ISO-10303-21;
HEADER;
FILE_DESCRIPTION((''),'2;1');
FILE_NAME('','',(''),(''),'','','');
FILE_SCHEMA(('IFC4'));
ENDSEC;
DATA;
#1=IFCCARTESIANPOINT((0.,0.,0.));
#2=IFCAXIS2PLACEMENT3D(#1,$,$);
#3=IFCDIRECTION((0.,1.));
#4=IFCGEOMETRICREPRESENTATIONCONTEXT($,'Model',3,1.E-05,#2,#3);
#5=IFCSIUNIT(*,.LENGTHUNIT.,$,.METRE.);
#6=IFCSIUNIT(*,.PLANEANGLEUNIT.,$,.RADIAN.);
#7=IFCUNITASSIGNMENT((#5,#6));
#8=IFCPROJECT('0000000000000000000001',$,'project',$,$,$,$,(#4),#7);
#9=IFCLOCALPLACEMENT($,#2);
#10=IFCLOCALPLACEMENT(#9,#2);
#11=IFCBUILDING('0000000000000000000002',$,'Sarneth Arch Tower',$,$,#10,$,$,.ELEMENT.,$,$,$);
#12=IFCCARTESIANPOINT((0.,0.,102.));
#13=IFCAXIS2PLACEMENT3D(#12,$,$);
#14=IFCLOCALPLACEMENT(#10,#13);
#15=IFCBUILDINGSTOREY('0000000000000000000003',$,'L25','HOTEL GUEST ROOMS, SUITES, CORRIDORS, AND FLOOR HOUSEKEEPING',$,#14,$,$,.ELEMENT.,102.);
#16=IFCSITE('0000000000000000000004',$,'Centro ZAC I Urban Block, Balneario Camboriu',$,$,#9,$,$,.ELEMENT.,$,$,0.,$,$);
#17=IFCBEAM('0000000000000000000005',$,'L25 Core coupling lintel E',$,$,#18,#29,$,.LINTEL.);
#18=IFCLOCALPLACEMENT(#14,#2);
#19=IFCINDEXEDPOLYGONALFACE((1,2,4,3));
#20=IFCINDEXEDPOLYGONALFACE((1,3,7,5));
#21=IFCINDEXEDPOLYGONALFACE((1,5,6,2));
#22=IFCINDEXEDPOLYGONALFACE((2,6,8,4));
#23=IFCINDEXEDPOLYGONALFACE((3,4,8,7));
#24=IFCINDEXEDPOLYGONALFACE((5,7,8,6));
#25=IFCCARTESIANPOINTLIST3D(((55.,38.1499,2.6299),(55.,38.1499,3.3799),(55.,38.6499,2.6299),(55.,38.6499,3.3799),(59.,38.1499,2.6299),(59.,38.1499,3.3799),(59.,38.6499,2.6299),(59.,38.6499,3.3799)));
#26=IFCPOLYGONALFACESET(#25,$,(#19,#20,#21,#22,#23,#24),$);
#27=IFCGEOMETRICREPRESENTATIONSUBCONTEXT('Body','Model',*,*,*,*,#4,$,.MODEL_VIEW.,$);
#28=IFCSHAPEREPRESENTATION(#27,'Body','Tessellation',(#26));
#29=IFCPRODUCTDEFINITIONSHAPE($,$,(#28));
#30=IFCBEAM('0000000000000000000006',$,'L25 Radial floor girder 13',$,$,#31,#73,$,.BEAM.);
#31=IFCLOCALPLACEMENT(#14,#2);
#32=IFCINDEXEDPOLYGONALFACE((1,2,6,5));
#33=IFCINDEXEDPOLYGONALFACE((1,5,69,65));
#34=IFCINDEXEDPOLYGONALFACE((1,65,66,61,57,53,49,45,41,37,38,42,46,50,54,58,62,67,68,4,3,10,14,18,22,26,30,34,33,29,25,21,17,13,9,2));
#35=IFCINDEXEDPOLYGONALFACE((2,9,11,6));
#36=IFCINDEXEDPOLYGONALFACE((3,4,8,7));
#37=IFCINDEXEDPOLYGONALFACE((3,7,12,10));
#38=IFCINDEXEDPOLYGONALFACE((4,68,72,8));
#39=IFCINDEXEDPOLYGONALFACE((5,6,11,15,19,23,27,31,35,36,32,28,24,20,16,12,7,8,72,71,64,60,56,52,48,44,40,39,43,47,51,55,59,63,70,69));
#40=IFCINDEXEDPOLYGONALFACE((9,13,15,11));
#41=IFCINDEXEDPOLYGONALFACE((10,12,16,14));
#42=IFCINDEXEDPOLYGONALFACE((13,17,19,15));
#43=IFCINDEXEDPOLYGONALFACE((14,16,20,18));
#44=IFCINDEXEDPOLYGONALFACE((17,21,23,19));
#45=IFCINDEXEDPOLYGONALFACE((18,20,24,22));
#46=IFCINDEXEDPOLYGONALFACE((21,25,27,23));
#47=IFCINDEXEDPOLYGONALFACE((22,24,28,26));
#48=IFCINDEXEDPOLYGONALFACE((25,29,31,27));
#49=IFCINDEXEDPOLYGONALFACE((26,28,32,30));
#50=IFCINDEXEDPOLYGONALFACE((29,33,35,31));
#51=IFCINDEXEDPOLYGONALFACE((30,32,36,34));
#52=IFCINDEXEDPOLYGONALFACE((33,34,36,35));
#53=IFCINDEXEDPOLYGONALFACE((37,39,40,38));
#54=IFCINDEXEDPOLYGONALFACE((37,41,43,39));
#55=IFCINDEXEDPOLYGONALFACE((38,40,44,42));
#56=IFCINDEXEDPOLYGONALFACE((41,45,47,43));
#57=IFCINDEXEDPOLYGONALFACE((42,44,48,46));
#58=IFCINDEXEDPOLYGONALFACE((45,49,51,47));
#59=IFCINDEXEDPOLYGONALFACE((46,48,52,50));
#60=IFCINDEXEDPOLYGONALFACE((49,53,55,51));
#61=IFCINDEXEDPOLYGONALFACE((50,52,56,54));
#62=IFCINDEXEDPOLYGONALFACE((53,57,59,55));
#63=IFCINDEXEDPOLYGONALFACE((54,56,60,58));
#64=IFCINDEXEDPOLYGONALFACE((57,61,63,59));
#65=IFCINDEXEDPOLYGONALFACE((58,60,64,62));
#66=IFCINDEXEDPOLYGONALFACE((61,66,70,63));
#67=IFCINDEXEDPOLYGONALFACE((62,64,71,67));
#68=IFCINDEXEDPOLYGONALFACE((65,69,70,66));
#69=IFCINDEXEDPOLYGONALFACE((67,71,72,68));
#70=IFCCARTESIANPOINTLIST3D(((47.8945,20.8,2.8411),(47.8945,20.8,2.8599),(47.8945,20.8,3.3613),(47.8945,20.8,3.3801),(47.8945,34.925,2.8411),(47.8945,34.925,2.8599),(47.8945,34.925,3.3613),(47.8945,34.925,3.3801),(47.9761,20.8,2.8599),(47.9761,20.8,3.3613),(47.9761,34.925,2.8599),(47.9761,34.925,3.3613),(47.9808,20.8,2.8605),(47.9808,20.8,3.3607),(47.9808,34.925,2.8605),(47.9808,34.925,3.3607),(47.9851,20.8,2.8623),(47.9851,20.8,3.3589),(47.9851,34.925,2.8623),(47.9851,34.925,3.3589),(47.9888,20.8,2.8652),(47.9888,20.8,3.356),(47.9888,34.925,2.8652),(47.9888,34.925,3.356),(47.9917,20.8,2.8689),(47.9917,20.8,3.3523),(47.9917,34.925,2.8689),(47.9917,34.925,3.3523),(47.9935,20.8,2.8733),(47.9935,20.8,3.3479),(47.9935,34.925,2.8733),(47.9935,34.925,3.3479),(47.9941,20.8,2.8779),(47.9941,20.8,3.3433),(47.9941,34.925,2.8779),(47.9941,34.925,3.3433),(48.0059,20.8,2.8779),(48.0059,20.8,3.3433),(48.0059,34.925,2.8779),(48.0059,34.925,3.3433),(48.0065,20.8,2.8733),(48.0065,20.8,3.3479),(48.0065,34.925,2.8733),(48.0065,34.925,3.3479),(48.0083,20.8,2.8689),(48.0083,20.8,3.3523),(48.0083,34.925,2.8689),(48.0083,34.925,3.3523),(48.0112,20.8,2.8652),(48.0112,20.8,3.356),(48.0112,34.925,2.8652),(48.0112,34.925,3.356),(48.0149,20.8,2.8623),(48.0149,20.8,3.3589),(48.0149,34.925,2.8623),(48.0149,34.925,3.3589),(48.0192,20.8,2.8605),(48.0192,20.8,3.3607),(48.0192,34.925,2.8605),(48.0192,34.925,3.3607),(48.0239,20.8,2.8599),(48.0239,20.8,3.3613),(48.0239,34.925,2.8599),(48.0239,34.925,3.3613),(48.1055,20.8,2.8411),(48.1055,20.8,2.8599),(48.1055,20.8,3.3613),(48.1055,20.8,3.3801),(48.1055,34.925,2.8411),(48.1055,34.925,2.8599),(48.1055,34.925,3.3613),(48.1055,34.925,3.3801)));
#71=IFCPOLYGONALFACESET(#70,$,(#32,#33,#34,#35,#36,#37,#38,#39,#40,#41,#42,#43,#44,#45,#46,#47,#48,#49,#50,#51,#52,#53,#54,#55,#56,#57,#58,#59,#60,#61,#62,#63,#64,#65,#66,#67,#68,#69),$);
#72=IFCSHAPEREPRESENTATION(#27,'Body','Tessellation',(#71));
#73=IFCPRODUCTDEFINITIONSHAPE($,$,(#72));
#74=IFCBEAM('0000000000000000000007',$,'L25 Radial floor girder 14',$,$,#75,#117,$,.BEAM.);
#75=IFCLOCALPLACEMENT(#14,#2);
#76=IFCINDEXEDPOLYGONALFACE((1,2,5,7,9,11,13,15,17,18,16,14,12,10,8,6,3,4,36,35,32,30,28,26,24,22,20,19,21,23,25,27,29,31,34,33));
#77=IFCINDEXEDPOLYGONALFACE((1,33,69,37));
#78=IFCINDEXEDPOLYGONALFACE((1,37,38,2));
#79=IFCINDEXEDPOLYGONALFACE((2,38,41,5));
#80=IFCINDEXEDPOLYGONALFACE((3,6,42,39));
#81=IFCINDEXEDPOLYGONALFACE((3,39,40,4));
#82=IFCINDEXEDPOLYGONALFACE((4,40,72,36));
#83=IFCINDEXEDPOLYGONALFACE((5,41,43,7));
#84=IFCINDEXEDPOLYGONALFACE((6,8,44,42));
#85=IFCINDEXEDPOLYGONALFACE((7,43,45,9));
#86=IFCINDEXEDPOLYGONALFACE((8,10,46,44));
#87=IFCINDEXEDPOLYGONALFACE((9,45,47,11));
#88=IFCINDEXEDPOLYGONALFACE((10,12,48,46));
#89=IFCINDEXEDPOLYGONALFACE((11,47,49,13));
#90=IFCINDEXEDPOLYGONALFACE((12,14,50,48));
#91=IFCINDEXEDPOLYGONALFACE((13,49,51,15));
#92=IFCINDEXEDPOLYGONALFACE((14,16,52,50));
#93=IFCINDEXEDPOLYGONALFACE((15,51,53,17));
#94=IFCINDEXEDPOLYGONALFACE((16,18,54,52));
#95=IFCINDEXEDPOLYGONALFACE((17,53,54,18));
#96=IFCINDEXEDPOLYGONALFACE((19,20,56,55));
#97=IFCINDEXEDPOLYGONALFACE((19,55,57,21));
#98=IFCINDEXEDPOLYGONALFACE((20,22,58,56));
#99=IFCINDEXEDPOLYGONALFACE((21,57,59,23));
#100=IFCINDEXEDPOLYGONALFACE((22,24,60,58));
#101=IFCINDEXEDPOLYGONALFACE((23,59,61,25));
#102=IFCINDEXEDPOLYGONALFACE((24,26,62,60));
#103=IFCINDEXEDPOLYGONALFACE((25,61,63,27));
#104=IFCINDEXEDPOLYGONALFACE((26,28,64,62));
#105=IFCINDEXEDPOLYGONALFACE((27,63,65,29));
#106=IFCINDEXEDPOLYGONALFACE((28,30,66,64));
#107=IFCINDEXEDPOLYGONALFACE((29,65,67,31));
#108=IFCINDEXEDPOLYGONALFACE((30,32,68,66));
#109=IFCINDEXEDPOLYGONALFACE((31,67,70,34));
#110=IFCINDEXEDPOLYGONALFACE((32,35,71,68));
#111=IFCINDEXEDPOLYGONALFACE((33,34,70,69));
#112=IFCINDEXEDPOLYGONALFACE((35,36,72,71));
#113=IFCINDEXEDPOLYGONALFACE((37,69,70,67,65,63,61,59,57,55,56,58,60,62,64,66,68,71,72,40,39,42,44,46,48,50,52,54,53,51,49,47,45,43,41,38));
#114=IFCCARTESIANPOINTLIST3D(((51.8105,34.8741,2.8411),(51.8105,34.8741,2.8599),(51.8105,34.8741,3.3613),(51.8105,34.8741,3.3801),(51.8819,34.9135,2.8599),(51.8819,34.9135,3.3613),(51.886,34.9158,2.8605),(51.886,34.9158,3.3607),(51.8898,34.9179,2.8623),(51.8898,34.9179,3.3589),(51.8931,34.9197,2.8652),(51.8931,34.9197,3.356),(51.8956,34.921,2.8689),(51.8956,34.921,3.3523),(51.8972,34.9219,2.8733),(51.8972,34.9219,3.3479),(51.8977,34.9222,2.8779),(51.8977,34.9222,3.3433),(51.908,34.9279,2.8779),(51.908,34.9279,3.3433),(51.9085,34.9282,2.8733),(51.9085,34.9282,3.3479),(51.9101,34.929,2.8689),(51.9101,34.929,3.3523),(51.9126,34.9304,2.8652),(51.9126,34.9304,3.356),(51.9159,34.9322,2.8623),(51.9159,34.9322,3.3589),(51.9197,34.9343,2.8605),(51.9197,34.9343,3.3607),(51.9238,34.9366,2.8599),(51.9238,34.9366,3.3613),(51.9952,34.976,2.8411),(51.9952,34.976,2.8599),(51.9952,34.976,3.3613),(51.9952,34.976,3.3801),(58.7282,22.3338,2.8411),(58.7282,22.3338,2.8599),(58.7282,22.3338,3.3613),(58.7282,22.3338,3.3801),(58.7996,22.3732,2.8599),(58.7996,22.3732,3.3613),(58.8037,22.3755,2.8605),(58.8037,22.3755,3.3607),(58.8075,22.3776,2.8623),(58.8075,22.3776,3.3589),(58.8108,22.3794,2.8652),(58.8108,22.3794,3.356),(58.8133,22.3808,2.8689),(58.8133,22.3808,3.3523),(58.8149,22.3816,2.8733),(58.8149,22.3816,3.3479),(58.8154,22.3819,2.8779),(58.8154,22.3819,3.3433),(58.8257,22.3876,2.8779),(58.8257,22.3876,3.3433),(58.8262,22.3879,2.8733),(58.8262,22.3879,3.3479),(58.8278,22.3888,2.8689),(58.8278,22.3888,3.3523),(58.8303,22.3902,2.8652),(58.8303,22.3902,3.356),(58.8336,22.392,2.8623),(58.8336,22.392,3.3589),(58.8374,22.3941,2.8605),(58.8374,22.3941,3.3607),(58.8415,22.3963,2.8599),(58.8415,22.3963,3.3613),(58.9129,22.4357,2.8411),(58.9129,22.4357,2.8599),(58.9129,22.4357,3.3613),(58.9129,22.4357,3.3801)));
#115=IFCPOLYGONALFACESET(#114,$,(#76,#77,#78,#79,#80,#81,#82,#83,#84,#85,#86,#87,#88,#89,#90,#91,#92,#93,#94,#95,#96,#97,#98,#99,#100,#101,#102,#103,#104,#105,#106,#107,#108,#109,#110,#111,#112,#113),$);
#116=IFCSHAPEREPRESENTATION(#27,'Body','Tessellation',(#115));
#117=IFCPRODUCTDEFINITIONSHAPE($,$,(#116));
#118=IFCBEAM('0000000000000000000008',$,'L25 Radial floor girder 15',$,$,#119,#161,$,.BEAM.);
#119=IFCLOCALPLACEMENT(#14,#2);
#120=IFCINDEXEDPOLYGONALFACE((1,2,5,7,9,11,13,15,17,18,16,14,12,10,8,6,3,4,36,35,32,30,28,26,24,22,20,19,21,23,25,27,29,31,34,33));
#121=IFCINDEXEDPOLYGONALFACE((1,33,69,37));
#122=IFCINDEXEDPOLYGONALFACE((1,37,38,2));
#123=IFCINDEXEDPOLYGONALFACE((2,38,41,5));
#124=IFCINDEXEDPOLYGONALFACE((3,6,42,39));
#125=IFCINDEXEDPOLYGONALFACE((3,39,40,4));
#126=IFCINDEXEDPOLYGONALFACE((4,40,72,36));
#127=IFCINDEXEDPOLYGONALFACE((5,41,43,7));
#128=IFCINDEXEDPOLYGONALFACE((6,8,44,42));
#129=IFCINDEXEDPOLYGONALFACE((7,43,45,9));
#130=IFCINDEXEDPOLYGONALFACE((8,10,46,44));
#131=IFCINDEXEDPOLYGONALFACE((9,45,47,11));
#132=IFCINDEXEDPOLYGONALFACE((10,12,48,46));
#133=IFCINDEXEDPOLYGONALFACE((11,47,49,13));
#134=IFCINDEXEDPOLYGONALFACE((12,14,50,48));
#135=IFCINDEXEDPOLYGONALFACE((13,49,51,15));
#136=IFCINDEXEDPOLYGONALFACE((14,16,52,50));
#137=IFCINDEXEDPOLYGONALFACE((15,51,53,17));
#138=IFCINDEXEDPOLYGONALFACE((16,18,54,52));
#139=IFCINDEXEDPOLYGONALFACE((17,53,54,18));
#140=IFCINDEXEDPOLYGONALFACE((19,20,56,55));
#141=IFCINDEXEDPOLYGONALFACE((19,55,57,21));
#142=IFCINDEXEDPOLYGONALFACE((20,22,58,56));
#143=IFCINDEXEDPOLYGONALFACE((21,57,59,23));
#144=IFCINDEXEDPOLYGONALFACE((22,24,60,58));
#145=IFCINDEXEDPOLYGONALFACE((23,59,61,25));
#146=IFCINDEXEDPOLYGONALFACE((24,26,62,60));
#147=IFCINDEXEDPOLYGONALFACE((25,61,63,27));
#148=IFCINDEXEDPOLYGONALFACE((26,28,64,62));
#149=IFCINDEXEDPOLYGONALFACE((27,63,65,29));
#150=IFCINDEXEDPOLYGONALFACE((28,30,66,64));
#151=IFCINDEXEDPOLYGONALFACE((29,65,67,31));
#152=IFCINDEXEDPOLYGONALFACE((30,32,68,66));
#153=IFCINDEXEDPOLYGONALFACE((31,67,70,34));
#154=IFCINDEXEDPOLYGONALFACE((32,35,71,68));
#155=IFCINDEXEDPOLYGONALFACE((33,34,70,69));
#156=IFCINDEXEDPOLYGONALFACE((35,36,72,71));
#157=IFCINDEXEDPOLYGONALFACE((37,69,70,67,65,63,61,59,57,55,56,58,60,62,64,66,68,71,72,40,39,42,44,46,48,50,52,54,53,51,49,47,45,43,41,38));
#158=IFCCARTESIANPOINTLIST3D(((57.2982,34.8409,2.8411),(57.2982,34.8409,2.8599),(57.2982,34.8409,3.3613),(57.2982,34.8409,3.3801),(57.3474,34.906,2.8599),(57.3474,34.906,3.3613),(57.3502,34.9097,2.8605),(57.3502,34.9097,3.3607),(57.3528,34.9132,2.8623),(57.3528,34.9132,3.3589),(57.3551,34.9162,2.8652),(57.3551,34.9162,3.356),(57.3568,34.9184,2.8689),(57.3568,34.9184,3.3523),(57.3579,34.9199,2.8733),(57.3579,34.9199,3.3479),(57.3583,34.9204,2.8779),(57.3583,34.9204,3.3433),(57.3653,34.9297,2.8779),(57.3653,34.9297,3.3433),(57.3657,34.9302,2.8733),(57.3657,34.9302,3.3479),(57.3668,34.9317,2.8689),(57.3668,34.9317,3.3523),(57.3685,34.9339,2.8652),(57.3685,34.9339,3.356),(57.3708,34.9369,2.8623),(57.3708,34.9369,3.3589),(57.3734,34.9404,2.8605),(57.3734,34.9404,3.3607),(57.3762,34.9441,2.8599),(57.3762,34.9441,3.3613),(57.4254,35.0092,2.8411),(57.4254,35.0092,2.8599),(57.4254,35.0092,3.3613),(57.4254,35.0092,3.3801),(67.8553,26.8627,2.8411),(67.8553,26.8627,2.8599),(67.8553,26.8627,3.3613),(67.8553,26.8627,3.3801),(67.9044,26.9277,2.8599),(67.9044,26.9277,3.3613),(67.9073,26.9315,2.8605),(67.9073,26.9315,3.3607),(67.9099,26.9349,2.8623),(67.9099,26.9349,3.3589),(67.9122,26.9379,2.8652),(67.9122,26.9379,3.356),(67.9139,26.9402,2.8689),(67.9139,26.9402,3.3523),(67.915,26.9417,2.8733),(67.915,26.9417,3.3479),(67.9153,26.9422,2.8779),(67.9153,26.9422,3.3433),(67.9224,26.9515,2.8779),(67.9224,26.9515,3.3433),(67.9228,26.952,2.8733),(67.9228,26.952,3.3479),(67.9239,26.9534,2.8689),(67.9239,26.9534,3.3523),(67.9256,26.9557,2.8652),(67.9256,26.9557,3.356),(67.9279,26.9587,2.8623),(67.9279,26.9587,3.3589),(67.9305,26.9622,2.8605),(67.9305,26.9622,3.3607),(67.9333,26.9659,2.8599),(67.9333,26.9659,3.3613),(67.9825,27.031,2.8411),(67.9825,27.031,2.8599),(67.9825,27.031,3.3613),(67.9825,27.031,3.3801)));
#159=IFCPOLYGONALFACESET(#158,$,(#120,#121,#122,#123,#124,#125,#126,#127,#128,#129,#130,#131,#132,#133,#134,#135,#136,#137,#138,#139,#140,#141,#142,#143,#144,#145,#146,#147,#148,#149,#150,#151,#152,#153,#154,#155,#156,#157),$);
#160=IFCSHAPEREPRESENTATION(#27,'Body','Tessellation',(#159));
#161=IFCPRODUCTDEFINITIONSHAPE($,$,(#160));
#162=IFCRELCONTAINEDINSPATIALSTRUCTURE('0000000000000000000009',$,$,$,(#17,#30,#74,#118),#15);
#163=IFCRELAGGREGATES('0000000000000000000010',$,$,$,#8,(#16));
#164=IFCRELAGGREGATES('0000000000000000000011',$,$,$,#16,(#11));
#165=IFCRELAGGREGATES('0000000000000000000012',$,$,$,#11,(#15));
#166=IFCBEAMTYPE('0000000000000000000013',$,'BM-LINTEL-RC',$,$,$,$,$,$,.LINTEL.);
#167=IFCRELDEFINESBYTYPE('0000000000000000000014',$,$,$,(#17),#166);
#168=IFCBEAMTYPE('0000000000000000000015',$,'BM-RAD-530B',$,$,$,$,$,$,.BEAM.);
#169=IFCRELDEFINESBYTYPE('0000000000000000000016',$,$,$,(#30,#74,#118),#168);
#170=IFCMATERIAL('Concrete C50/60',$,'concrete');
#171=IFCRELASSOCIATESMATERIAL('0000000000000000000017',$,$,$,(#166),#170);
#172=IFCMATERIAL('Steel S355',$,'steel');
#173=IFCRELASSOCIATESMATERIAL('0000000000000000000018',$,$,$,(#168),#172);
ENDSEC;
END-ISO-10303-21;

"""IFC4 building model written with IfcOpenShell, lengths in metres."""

from ifc_helpers import new_model, si_unit, direction, frame, origin, origin_2d, place, context, subcontext, project, spatial, rectangle, i_section, extrude, material, material_profile, profile_set, type_object, element, save


model = new_model("IFC4")

# Units and contexts
model_context = context("Model", 3, precision=1e-05, world=origin(), true_north=direction((0.0, 1.0)))
body_context = subcontext(model_context, "Body", "Model", "MODEL_VIEW")
ifc_project = project(units=[si_unit("LENGTHUNIT", "METRE"), si_unit("PLANEANGLEUNIT", "RADIAN")], contexts=[model_context])

# Site, building, storey
site_placement = place(None, origin())
site = spatial("IfcSite", under=ifc_project, at=site_placement, Name="Centro ZAC I Urban Block, Balneario Camboriu", CompositionType="ELEMENT", RefElevation=0.0)
building_placement = place(site_placement, origin())
building = spatial("IfcBuilding", under=site, at=building_placement, Name="Sarneth Arch Tower", CompositionType="ELEMENT")
storey_placement = place(building_placement, frame((0.0, 0.0, 102.0)))
storey = spatial("IfcBuildingStorey", under=building, at=storey_placement, Name="L25", Description="HOTEL GUEST ROOMS, SUITES, CORRIDORS, AND FLOOR HOUSEKEEPING", CompositionType="ELEMENT", Elevation=102.0)

# Beams
ifc_material_1 = material(Name="Concrete C50/60", Category="concrete")
ifc_material_profile_1 = material_profile(ifc_material_1, rectangle(XDim=0.5, YDim=0.75, at=origin_2d()), Name="RC-500x750")
ifc_profile_set_1 = profile_set([ifc_material_profile_1], Name="Concrete C50/60")
beam_type_1 = type_object("IfcBeamType", Name="BM-LINTEL-RC", PredefinedType="LINTEL", material=ifc_profile_set_1)
beam_1_placement = place(storey_placement, frame((55.0, 38.3999, 3.0049), z_axis=(1.0, 0.0, 0.0), x_axis=(0.0, 1.0, 0.0)))
element("IfcBeam", 1, at=beam_1_placement, inside=storey, type_object=beam_type_1, Name="L25 Core coupling lintel E", PredefinedType="LINTEL", context=body_context, shape_type="SweptSolid", body=[
    extrude(rectangle(XDim=0.5, YDim=0.75, at=origin_2d()), origin(), (0.0, 0.0, 1.0), 4.0),
])
ifc_material_2 = material(Name="Steel S355", Category="steel")
ifc_material_profile_2 = material_profile(ifc_material_2, i_section(OverallWidth=0.2109, OverallDepth=0.5391, WebThickness=0.0117, FlangeThickness=0.0188, FilletRadius=0.0181, at=origin_2d()), Name="W530x109")
ifc_profile_set_2 = profile_set([ifc_material_profile_2], Name="Steel S355")
beam_type_2 = type_object("IfcBeamType", Name="BM-RAD-530B", PredefinedType="BEAM", material=ifc_profile_set_2)
beam_2_placement = place(storey_placement, frame((48.0, 34.925, 3.1106), z_axis=(0.0, -1.0, 0.0), x_axis=(1.0, 0.0, 0.0)))
element("IfcBeam", 2, at=beam_2_placement, inside=storey, type_object=beam_type_2, Name="L25 Radial floor girder 13", PredefinedType="BEAM", context=body_context, shape_type="SweptSolid", body=[
    extrude(i_section(OverallWidth=0.2109, OverallDepth=0.5391, WebThickness=0.0117, FlangeThickness=0.0188, FilletRadius=0.0181, at=origin_2d()), origin(), (0.0, 0.0, 1.0), 14.125),
])
beam_3_placement = place(storey_placement, frame((51.9028, 34.925, 3.1106), z_axis=(0.483021, -0.875609, 0.0), x_axis=(0.875609, 0.483021, 0.0)))
element("IfcBeam", 3, at=beam_3_placement, inside=storey, type_object=beam_type_2, Name="L25 Radial floor girder 14", PredefinedType="BEAM", context=body_context, shape_type="SweptSolid", body=[
    extrude(i_section(OverallWidth=0.2109, OverallDepth=0.5391, WebThickness=0.0117, FlangeThickness=0.0188, FilletRadius=0.0181, at=origin_2d()), origin(), (0.0, 0.0, 1.0), 14.3218),
])
beam_4_placement = place(storey_placement, frame((57.3618, 34.925, 3.1106), z_axis=(0.797803, -0.602918, 0.0), x_axis=(0.602918, 0.797803, 0.0)))
element("IfcBeam", 4, at=beam_4_placement, inside=storey, type_object=beam_type_2, Name="L25 Radial floor girder 15", PredefinedType="BEAM", context=body_context, shape_type="SweptSolid", body=[
    extrude(i_section(OverallWidth=0.2109, OverallDepth=0.5391, WebThickness=0.0117, FlangeThickness=0.0188, FilletRadius=0.0181, at=origin_2d()), origin(), (0.0, 0.0, 1.0), 13.2327),
])

save(model, "model.ifc")
